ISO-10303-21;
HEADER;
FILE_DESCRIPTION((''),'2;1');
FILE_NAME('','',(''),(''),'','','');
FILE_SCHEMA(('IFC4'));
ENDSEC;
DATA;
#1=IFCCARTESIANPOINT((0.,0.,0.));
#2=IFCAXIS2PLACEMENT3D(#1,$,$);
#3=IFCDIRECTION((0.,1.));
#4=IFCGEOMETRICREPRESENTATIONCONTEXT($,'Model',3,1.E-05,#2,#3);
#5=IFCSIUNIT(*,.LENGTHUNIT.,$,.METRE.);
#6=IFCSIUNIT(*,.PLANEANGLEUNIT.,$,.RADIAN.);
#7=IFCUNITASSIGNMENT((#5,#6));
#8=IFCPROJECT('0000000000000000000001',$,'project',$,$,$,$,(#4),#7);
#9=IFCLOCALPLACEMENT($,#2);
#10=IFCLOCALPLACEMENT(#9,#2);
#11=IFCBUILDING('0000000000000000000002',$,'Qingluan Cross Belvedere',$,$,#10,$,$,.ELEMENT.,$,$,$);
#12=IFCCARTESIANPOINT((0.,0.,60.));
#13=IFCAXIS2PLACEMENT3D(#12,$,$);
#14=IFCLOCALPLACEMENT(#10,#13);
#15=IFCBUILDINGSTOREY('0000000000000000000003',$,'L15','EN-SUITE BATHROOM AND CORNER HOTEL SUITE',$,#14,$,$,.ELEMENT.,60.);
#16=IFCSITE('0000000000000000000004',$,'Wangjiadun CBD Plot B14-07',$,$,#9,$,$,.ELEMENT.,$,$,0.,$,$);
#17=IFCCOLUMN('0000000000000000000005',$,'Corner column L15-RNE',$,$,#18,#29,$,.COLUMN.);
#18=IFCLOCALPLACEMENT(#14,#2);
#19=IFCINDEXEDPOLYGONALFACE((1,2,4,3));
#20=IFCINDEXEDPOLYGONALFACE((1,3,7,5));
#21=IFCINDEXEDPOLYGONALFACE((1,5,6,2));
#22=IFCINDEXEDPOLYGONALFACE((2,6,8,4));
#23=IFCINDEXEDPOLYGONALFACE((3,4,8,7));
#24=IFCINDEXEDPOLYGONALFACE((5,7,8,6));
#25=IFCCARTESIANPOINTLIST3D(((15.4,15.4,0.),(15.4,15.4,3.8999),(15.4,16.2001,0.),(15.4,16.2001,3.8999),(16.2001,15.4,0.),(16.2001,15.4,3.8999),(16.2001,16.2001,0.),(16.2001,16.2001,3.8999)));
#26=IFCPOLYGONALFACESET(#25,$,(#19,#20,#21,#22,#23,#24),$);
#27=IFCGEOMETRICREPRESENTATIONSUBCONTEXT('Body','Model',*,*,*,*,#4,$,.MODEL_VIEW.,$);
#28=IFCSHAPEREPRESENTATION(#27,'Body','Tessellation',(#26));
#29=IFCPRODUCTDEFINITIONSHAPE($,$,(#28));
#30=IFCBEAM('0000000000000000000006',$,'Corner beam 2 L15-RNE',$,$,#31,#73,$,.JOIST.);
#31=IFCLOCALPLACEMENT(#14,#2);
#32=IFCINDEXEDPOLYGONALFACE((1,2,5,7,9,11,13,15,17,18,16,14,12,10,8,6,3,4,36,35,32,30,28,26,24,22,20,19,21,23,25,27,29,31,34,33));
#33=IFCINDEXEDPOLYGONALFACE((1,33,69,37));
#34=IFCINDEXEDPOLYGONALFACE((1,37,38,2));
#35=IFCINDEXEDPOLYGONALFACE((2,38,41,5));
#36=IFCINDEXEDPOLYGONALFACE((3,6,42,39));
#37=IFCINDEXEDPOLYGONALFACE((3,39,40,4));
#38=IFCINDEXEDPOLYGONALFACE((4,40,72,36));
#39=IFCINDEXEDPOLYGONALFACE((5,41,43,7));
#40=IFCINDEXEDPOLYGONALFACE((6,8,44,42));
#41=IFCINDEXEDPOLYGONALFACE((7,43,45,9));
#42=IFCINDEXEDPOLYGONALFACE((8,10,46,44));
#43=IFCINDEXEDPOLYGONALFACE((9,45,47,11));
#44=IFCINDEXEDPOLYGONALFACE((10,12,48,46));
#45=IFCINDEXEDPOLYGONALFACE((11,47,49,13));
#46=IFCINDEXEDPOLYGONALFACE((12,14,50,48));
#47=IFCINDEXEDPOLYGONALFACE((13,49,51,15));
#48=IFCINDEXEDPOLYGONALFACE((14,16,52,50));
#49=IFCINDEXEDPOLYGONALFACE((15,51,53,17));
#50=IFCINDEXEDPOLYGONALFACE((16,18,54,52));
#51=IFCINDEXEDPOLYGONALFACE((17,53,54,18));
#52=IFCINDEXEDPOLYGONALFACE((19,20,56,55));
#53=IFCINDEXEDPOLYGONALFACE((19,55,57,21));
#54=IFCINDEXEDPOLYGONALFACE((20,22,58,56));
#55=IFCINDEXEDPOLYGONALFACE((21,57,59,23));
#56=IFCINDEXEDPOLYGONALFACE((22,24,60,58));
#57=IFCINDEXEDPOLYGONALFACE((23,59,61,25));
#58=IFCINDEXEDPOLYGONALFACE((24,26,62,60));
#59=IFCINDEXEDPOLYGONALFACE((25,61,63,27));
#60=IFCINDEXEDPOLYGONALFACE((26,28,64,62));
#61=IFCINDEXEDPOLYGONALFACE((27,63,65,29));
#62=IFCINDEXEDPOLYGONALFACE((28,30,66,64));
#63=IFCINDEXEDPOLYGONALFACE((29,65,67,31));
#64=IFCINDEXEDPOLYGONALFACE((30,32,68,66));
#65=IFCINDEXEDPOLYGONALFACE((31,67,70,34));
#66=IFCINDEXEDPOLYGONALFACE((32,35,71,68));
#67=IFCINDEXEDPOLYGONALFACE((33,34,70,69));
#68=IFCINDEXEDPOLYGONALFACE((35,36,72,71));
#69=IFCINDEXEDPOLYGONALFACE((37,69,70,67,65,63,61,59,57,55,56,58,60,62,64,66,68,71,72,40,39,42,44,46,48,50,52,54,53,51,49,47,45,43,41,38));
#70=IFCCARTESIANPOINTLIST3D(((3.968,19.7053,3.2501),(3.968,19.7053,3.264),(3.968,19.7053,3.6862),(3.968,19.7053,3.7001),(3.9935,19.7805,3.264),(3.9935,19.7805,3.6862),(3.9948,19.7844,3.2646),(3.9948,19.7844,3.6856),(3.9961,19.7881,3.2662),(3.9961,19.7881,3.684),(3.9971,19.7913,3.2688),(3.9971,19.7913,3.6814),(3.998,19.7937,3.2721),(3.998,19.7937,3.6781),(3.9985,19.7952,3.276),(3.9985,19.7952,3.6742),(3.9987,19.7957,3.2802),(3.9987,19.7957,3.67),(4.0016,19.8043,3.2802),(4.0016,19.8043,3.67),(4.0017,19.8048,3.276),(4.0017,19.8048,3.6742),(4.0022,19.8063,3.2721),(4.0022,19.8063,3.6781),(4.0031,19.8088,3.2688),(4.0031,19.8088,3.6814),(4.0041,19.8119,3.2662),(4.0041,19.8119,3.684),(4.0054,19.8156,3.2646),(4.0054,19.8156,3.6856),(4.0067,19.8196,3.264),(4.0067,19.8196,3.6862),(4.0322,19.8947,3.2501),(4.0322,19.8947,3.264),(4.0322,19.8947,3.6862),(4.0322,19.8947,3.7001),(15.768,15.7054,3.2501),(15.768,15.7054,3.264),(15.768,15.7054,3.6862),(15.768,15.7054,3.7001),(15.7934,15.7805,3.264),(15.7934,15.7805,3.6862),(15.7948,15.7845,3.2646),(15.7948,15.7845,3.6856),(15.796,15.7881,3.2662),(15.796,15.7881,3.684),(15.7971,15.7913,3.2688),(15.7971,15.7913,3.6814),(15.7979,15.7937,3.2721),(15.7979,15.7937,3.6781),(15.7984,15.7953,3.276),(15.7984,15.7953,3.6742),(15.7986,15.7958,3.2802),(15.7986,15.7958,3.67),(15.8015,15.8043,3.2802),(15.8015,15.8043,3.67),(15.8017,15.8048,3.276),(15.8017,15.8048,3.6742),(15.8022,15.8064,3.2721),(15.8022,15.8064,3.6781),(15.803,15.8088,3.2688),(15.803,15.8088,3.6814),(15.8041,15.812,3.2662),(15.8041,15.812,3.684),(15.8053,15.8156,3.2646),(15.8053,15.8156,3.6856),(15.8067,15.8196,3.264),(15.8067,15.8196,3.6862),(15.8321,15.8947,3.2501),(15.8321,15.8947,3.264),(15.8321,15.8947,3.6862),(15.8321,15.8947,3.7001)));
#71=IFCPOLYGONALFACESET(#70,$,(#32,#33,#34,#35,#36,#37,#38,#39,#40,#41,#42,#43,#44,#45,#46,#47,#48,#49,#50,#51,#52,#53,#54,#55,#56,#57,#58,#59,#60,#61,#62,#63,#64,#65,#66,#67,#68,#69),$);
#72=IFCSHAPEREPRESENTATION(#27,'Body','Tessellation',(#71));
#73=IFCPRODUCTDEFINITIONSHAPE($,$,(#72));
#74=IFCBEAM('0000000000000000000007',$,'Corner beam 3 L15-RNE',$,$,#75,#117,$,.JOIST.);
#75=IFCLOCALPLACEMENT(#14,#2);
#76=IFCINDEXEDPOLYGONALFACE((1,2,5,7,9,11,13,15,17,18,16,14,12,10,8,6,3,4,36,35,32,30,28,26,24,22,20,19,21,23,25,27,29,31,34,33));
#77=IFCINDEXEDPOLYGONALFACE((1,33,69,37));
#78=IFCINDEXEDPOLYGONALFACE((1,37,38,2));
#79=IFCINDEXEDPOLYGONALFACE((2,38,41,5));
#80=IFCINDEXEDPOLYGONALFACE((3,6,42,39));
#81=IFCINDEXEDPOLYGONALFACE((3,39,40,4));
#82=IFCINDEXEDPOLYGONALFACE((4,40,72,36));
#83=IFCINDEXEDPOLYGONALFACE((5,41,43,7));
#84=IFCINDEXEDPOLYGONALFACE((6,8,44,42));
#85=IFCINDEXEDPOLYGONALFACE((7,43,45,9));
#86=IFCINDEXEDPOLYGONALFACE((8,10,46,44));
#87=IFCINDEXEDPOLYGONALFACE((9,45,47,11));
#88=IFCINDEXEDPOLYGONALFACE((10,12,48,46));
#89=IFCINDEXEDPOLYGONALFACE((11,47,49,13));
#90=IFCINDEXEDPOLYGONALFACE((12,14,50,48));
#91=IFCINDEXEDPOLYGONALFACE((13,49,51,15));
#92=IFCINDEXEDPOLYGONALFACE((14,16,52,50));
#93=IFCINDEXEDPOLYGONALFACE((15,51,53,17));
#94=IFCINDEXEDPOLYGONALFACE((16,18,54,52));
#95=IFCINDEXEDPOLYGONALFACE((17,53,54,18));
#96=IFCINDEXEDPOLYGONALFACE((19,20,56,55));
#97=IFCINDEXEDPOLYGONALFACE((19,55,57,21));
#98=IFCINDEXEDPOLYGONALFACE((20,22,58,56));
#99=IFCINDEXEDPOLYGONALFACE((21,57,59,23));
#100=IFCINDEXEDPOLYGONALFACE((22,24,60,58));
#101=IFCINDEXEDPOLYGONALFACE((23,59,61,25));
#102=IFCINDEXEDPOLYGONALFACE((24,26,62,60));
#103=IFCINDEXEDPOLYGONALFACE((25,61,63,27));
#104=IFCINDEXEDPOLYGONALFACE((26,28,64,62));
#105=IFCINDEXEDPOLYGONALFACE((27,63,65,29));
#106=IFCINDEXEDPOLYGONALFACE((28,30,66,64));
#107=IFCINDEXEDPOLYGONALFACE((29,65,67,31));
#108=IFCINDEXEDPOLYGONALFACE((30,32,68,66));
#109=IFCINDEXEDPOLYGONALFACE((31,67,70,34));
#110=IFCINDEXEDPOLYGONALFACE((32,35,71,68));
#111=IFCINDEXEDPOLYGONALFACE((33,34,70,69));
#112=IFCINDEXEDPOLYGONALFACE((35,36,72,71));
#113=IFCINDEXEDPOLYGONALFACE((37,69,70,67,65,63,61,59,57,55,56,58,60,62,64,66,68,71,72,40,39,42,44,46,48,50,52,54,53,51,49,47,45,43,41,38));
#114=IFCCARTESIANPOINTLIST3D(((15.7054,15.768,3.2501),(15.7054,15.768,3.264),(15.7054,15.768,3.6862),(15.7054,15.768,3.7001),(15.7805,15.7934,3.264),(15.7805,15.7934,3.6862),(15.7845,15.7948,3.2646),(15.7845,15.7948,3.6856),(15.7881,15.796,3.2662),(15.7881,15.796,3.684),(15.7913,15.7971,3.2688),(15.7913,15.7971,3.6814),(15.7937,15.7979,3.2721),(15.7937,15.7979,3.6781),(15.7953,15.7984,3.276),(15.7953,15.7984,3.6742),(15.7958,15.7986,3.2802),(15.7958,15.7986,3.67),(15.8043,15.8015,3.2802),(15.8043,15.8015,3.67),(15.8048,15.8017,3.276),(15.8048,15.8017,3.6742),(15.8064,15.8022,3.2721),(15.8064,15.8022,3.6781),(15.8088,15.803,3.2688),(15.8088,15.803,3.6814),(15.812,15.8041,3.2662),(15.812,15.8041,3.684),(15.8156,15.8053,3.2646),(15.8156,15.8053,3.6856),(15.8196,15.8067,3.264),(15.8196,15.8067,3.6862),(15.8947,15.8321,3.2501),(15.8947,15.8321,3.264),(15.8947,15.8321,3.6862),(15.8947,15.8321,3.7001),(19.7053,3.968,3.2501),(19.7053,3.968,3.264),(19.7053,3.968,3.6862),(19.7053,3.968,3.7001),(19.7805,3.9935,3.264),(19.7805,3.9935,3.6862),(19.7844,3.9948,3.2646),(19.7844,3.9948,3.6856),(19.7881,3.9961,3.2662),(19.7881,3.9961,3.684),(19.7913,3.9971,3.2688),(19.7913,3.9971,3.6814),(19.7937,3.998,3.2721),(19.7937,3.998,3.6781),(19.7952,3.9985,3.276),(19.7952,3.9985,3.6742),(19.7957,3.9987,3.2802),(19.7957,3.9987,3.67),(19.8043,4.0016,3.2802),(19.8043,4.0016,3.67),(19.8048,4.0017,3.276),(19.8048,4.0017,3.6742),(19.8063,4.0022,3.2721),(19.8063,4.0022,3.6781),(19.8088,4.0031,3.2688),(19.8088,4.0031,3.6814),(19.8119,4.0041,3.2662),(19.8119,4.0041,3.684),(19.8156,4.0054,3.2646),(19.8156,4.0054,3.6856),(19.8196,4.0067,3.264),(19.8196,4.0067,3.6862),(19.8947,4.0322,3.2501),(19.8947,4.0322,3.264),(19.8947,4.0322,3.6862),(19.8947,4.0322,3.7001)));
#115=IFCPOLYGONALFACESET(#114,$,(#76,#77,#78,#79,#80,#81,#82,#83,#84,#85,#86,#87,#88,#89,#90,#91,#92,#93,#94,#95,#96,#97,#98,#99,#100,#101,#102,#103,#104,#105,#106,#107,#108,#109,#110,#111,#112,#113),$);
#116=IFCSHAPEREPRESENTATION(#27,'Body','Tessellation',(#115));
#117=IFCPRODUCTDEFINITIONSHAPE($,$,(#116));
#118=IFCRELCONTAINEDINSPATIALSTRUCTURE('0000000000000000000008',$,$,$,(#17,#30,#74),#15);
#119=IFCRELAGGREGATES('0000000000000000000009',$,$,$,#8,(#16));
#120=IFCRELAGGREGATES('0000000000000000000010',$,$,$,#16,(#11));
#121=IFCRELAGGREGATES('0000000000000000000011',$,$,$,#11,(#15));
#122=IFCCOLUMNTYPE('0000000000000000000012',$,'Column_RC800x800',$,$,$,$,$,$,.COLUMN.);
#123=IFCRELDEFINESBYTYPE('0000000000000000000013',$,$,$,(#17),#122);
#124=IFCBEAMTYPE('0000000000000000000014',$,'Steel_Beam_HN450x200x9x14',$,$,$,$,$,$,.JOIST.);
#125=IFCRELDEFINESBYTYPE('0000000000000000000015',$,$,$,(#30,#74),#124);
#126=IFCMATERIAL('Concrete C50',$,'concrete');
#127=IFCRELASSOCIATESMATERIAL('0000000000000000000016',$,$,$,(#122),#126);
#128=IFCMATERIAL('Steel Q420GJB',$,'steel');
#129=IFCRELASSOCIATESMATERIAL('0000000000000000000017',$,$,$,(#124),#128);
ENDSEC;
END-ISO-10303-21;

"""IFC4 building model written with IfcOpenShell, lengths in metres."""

from ifc_helpers import new_model, si_unit, direction, frame, origin, origin_2d, place, context, subcontext, project, spatial, rectangle, i_section, extrude, material, material_profile, profile_set, type_object, element, save


model = new_model("IFC4")

# Units and contexts
model_context = context("Model", 3, precision=1e-05, world=origin(), true_north=direction((0.0, 1.0)))
body_context = subcontext(model_context, "Body", "Model", "MODEL_VIEW")
ifc_project = project(units=[si_unit("LENGTHUNIT", "METRE"), si_unit("PLANEANGLEUNIT", "RADIAN")], contexts=[model_context])

# Site, building, storey
site_placement = place(None, origin())
site = spatial("IfcSite", under=ifc_project, at=site_placement, Name="Wangjiadun CBD Plot B14-07", CompositionType="ELEMENT", RefElevation=0.0)
building_placement = place(site_placement, origin())
building = spatial("IfcBuilding", under=site, at=building_placement, Name="Qingluan Cross Belvedere", CompositionType="ELEMENT")
storey_placement = place(building_placement, frame((0.0, 0.0, 60.0)))
storey = spatial("IfcBuildingStorey", under=building, at=storey_placement, Name="L15", Description="EN-SUITE BATHROOM AND CORNER HOTEL SUITE", CompositionType="ELEMENT", Elevation=60.0)

# Column
ifc_material_1 = material(Name="Concrete C50", Category="concrete")
ifc_material_profile_1 = material_profile(ifc_material_1, rectangle(XDim=0.8, YDim=0.8, at=origin_2d()), Name="RC800x800")
ifc_profile_set_1 = profile_set([ifc_material_profile_1], Name="Concrete C50")
column_type = type_object("IfcColumnType", Name="Column_RC800x800", PredefinedType="COLUMN", material=ifc_profile_set_1)
column_placement = place(storey_placement, frame((15.8, 15.8, 0.0), z_axis=(0.0, 0.0, 1.0), x_axis=(1.0, 0.0, 0.0)))
element("IfcColumn", 1, at=column_placement, inside=storey, type_object=column_type, Name="Corner column L15-RNE", PredefinedType="COLUMN", context=body_context, shape_type="SweptSolid", body=[
    extrude(rectangle(XDim=0.8, YDim=0.8, at=origin_2d()), origin(), (0.0, 0.0, 1.0), 3.8999),
])

# Beams
ifc_material_2 = material(Name="Steel Q420GJB", Category="steel")
ifc_material_profile_2 = material_profile(ifc_material_2, i_section(OverallWidth=0.2, OverallDepth=0.45, WebThickness=0.009, FlangeThickness=0.0139, FilletRadius=0.0161, at=origin_2d()), Name="HN450x200x9x14")
ifc_profile_set_2 = profile_set([ifc_material_profile_2], Name="Steel Q420GJB")
beam_type = type_object("IfcBeamType", Name="Steel_Beam_HN450x200x9x14", PredefinedType="JOIST", material=ifc_profile_set_2)
for number, where, z_axis, x_axis, name in (
    (2, (15.8, 15.8, 3.4751), (-0.947066, 0.321038, 0.0), (-0.321038, -0.947066, 0.0), "Corner beam 2 L15-RNE"),
    (3, (15.8, 15.8, 3.4751), (0.321038, -0.947066, 0.0), (0.947066, 0.321038, 0.0), "Corner beam 3 L15-RNE"),
):
    element("IfcBeam", number, at=place(storey_placement, frame(where, z_axis=z_axis, x_axis=x_axis)), inside=storey, type_object=beam_type, Name=name, PredefinedType="JOIST", context=body_context, shape_type="SweptSolid", body=[
        extrude(i_section(OverallWidth=0.2, OverallDepth=0.45, WebThickness=0.009, FlangeThickness=0.0139, FilletRadius=0.0161, at=origin_2d()), origin(), (0.0, 0.0, 1.0), 12.4595),
    ])

save(model, "model.ifc")
